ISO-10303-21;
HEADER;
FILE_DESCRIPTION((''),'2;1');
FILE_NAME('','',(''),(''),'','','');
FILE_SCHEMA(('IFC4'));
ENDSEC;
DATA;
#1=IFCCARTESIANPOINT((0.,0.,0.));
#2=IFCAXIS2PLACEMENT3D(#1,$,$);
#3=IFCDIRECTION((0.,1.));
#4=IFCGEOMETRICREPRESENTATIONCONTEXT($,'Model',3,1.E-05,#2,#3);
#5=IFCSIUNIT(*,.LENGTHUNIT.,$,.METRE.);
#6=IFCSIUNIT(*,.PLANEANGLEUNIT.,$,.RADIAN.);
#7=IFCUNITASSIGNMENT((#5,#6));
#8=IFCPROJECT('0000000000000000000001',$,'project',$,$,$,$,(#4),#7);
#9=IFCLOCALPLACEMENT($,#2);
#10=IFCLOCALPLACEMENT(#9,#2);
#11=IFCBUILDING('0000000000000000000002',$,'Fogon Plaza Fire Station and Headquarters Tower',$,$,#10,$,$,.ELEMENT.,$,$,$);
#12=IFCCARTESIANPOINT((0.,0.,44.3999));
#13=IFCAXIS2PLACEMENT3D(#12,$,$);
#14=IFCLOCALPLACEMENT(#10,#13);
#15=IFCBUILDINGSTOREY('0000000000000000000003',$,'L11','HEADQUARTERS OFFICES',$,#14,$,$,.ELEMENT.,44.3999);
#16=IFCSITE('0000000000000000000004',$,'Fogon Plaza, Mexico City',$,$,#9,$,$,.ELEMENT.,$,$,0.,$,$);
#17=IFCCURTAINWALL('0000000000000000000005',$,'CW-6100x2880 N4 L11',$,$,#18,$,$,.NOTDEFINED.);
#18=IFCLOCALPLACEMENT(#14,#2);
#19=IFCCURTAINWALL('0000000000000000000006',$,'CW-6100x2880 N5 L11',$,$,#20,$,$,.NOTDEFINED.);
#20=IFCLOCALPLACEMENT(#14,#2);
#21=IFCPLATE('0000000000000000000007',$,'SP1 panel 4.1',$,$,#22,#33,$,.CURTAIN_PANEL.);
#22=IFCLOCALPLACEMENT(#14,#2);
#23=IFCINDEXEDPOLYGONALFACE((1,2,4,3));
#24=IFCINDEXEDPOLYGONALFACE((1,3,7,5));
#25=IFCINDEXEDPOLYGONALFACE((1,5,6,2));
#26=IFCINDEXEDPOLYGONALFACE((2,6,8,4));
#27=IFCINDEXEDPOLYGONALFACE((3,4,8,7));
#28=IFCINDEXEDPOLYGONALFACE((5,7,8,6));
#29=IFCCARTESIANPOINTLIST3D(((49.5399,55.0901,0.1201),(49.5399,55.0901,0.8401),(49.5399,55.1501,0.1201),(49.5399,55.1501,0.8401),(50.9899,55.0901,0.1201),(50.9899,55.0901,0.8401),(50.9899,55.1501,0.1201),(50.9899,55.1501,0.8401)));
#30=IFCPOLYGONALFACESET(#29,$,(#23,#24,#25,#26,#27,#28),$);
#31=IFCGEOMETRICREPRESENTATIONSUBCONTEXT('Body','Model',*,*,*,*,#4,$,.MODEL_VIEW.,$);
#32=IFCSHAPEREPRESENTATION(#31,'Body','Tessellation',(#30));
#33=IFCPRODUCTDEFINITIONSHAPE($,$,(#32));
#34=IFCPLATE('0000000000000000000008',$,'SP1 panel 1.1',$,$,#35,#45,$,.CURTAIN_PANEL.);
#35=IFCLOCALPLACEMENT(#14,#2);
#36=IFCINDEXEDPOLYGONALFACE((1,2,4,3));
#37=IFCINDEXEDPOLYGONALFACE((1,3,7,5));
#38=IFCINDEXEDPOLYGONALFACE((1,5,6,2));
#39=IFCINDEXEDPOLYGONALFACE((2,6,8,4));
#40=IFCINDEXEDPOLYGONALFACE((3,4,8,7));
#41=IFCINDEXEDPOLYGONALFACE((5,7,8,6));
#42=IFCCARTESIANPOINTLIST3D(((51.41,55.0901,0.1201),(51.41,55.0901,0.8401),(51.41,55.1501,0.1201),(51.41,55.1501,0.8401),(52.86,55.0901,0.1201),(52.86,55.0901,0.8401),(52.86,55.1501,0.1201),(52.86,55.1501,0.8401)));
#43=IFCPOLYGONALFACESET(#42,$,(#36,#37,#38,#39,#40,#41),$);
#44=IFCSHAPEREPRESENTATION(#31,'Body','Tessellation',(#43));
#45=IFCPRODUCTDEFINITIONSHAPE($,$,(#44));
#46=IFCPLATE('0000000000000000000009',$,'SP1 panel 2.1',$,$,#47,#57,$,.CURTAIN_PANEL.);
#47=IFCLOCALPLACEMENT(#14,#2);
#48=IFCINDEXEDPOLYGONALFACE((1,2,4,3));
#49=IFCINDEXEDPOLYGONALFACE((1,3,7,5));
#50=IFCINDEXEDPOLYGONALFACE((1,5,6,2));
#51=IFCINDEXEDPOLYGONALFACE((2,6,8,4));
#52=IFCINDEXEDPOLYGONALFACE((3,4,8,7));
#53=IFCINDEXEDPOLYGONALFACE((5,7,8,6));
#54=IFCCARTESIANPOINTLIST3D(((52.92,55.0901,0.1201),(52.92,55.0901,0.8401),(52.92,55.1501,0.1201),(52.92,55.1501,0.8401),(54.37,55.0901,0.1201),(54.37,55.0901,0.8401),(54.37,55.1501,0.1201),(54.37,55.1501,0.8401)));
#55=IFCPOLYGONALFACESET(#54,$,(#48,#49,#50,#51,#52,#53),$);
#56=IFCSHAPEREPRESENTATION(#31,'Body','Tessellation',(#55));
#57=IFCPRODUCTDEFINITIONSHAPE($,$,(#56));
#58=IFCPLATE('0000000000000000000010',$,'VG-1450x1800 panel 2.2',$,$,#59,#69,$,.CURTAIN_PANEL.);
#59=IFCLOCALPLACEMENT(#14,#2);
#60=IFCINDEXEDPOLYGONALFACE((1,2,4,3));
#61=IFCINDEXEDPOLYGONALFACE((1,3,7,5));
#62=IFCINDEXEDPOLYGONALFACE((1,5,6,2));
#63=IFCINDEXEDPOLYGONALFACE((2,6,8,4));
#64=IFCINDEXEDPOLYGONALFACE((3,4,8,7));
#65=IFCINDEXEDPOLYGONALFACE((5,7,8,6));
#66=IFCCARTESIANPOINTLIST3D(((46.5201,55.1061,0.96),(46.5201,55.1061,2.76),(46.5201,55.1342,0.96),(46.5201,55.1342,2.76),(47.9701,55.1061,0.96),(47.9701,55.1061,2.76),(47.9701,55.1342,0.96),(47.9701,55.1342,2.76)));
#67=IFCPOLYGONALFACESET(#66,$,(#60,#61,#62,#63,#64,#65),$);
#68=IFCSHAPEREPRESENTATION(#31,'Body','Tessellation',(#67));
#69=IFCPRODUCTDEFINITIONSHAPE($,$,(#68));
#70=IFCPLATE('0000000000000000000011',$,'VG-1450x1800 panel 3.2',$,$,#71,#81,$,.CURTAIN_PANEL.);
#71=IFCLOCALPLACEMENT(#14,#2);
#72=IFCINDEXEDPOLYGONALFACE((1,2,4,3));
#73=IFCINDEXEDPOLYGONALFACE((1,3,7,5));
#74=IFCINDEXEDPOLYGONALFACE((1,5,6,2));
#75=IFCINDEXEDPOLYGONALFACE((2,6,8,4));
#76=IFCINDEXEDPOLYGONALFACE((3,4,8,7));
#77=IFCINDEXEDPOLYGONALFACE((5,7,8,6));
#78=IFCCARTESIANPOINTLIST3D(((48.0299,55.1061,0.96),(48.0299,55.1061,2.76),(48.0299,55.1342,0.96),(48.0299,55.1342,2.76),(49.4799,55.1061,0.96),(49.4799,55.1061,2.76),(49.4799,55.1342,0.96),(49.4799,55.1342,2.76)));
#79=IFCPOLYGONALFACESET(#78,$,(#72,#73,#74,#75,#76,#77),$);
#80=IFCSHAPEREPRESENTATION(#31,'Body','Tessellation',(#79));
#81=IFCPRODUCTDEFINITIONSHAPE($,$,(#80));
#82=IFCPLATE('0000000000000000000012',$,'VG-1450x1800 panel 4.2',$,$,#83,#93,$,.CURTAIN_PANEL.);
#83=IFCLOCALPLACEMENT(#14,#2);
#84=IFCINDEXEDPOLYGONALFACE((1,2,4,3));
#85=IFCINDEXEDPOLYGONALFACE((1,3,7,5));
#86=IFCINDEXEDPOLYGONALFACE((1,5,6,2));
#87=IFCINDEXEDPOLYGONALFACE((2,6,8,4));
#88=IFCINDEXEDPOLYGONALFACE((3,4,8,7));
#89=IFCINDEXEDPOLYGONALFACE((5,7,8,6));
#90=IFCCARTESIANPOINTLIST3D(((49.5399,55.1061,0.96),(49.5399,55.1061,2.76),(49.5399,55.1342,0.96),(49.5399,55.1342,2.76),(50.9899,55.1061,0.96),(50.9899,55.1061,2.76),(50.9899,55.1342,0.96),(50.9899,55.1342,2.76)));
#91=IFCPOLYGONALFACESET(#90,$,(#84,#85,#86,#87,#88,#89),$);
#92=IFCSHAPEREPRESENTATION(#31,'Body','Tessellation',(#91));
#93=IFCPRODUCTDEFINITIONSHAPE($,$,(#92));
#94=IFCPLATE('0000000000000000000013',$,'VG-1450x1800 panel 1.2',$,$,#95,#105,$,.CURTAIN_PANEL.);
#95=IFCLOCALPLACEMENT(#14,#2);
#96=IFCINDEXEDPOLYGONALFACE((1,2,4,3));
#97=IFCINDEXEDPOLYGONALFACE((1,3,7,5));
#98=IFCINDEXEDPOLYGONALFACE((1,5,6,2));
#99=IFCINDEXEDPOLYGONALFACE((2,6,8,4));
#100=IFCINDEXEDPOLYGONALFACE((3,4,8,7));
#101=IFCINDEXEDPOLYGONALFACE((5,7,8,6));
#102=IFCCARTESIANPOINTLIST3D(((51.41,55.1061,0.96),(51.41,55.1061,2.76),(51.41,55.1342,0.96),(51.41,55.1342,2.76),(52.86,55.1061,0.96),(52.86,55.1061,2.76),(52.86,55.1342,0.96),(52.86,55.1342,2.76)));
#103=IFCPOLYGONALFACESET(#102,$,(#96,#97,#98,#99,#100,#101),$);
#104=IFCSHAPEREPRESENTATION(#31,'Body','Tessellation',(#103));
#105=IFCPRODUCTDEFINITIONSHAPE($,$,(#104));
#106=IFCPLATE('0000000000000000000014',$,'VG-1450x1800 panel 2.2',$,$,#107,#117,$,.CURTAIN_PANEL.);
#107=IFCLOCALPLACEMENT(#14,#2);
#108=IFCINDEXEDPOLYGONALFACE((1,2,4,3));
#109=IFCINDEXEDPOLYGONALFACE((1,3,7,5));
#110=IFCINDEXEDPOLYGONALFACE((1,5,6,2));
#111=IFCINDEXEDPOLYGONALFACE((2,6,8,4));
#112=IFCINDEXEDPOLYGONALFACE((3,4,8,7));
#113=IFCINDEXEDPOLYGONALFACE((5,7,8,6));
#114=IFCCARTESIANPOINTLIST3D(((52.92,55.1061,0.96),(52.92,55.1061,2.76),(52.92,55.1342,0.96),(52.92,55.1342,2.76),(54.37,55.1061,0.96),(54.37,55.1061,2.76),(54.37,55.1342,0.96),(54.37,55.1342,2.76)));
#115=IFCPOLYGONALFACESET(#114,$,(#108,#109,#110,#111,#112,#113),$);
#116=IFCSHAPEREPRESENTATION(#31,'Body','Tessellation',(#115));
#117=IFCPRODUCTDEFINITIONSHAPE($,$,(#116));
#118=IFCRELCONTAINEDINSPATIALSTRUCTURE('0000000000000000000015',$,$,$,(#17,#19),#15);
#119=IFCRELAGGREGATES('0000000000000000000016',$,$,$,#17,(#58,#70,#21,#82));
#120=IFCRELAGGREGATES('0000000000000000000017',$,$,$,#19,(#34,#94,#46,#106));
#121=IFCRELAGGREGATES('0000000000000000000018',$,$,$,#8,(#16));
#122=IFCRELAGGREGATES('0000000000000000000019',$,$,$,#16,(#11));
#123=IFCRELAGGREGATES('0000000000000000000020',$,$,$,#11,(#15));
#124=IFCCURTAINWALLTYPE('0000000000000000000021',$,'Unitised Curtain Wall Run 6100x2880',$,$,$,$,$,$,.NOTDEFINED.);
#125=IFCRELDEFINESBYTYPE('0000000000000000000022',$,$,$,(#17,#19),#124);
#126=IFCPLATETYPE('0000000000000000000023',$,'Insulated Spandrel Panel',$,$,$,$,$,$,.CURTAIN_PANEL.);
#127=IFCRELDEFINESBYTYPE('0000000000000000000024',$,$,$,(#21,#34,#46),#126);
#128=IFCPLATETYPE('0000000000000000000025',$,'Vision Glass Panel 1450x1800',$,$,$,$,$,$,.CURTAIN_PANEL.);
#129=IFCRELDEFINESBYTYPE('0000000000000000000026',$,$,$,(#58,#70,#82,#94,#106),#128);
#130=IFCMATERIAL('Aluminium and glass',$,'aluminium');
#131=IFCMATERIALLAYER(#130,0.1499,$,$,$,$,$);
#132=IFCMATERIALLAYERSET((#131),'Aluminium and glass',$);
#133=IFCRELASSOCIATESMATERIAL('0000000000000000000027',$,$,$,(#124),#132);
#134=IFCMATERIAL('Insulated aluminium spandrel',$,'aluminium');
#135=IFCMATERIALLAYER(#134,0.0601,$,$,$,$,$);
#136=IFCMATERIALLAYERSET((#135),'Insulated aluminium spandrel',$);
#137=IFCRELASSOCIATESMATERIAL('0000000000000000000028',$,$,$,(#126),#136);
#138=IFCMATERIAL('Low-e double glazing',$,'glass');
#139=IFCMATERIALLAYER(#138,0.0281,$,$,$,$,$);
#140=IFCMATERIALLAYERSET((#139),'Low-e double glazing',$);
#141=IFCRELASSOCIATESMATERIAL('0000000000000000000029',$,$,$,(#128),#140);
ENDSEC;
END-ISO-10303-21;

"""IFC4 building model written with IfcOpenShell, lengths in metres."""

from ifc_helpers import new_model, si_unit, direction, frame, origin, origin_2d, place, context, subcontext, project, spatial, rectangle, extrude, material, layer, layer_set, type_object, element, aggregate, save


model = new_model("IFC4")

# Units and contexts
model_context = context("Model", 3, precision=1e-05, world=origin(), true_north=direction((0.0, 1.0)))
body_context = subcontext(model_context, "Body", "Model", "MODEL_VIEW")
ifc_project = project(units=[si_unit("LENGTHUNIT", "METRE"), si_unit("PLANEANGLEUNIT", "RADIAN")], contexts=[model_context])

# Site, building, storey
site_placement = place(None, origin())
site = spatial("IfcSite", under=ifc_project, at=site_placement, Name="Fogon Plaza, Mexico City", CompositionType="ELEMENT", RefElevation=0.0)
building_placement = place(site_placement, origin())
building = spatial("IfcBuilding", under=site, at=building_placement, Name="Fogon Plaza Fire Station and Headquarters Tower", CompositionType="ELEMENT")
storey_placement = place(building_placement, frame((0.0, 0.0, 44.3999)))
storey = spatial("IfcBuildingStorey", under=building, at=storey_placement, Name="L11", Description="HEADQUARTERS OFFICES", CompositionType="ELEMENT", Elevation=44.3999)

# Curtain walls
ifc_material_1 = material(Name="Aluminium and glass", Category="aluminium")
ifc_layer_1 = layer(ifc_material_1, 0.1499)
ifc_layer_set_1 = layer_set([ifc_layer_1], Name="Aluminium and glass")
curtain_wall_type = type_object("IfcCurtainWallType", Name="Unitised Curtain Wall Run 6100x2880", PredefinedType="NOTDEFINED", material=ifc_layer_set_1)
curtain_wall_1_placement = place(storey_placement, origin())
curtain_wall_1 = element("IfcCurtainWall", 1, at=curtain_wall_1_placement, inside=storey, type_object=curtain_wall_type, Name="CW-6100x2880 N4 L11", PredefinedType="NOTDEFINED")
curtain_wall_2_placement = place(storey_placement, origin())
curtain_wall_2 = element("IfcCurtainWall", 2, at=curtain_wall_2_placement, inside=storey, type_object=curtain_wall_type, Name="CW-6100x2880 N5 L11", PredefinedType="NOTDEFINED")

# Plates
ifc_material_2 = material(Name="Insulated aluminium spandrel", Category="aluminium")
ifc_layer_2 = layer(ifc_material_2, 0.0601)
ifc_layer_set_2 = layer_set([ifc_layer_2], Name="Insulated aluminium spandrel")
plate_type_1 = type_object("IfcPlateType", Name="Insulated Spandrel Panel", PredefinedType="CURTAIN_PANEL", material=ifc_layer_set_2)
plate_1_placement = place(storey_placement, frame((50.2649, 55.1201, 0.1201), z_axis=(0.0, 0.0, 1.0), x_axis=(1.0, 0.0, 0.0)))
plate_1 = element("IfcPlate", 3, at=plate_1_placement, type_object=plate_type_1, Name="SP1 panel 4.1", PredefinedType="CURTAIN_PANEL", context=body_context, shape_type="SweptSolid", body=[
    extrude(rectangle(XDim=1.45, YDim=0.0601, at=origin_2d()), origin(), (0.0, 0.0, 1.0), 0.72),
])
plate_2_placement = place(storey_placement, frame((52.135, 55.1201, 0.1201), z_axis=(0.0, 0.0, 1.0), x_axis=(1.0, 0.0, 0.0)))
plate_2 = element("IfcPlate", 4, at=plate_2_placement, type_object=plate_type_1, Name="SP1 panel 1.1", PredefinedType="CURTAIN_PANEL", context=body_context, shape_type="SweptSolid", body=[
    extrude(rectangle(XDim=1.45, YDim=0.0601, at=origin_2d()), origin(), (0.0, 0.0, 1.0), 0.72),
])
plate_3_placement = place(storey_placement, frame((53.645, 55.1201, 0.1201), z_axis=(0.0, 0.0, 1.0), x_axis=(1.0, 0.0, 0.0)))
plate_3 = element("IfcPlate", 5, at=plate_3_placement, type_object=plate_type_1, Name="SP1 panel 2.1", PredefinedType="CURTAIN_PANEL", context=body_context, shape_type="SweptSolid", body=[
    extrude(rectangle(XDim=1.45, YDim=0.0601, at=origin_2d()), origin(), (0.0, 0.0, 1.0), 0.72),
])
ifc_material_3 = material(Name="Low-e double glazing", Category="glass")
ifc_layer_3 = layer(ifc_material_3, 0.0281)
ifc_layer_set_3 = layer_set([ifc_layer_3], Name="Low-e double glazing")
plate_type_2 = type_object("IfcPlateType", Name="Vision Glass Panel 1450x1800", PredefinedType="CURTAIN_PANEL", material=ifc_layer_set_3)
plate_4_placement = place(storey_placement, frame((47.2451, 55.1201, 0.96), z_axis=(0.0, 0.0, 1.0), x_axis=(1.0, 0.0, 0.0)))
plate_4 = element("IfcPlate", 6, at=plate_4_placement, type_object=plate_type_2, Name="VG-1450x1800 panel 2.2", PredefinedType="CURTAIN_PANEL", context=body_context, shape_type="SweptSolid", body=[
    extrude(rectangle(XDim=1.45, YDim=0.0281, at=origin_2d()), origin(), (0.0, 0.0, 1.0), 1.8),
])
plate_5_placement = place(storey_placement, frame((48.7549, 55.1201, 0.96), z_axis=(0.0, 0.0, 1.0), x_axis=(1.0, 0.0, 0.0)))
plate_5 = element("IfcPlate", 7, at=plate_5_placement, type_object=plate_type_2, Name="VG-1450x1800 panel 3.2", PredefinedType="CURTAIN_PANEL", context=body_context, shape_type="SweptSolid", body=[
    extrude(rectangle(XDim=1.45, YDim=0.0281, at=origin_2d()), origin(), (0.0, 0.0, 1.0), 1.8),
])
plate_6_placement = place(storey_placement, frame((50.2649, 55.1201, 0.96), z_axis=(0.0, 0.0, 1.0), x_axis=(1.0, 0.0, 0.0)))
plate_6 = element("IfcPlate", 8, at=plate_6_placement, type_object=plate_type_2, Name="VG-1450x1800 panel 4.2", PredefinedType="CURTAIN_PANEL", context=body_context, shape_type="SweptSolid", body=[
    extrude(rectangle(XDim=1.45, YDim=0.0281, at=origin_2d()), origin(), (0.0, 0.0, 1.0), 1.8),
])
aggregate(curtain_wall_1, [plate_4, plate_5, plate_1, plate_6])
plate_7_placement = place(storey_placement, frame((52.135, 55.1201, 0.96), z_axis=(0.0, 0.0, 1.0), x_axis=(1.0, 0.0, 0.0)))
plate_7 = element("IfcPlate", 9, at=plate_7_placement, type_object=plate_type_2, Name="VG-1450x1800 panel 1.2", PredefinedType="CURTAIN_PANEL", context=body_context, shape_type="SweptSolid", body=[
    extrude(rectangle(XDim=1.45, YDim=0.0281, at=origin_2d()), origin(), (0.0, 0.0, 1.0), 1.8),
])
plate_8_placement = place(storey_placement, frame((53.645, 55.1201, 0.96), z_axis=(0.0, 0.0, 1.0), x_axis=(1.0, 0.0, 0.0)))
plate_8 = element("IfcPlate", 10, at=plate_8_placement, type_object=plate_type_2, Name="VG-1450x1800 panel 2.2", PredefinedType="CURTAIN_PANEL", context=body_context, shape_type="SweptSolid", body=[
    extrude(rectangle(XDim=1.45, YDim=0.0281, at=origin_2d()), origin(), (0.0, 0.0, 1.0), 1.8),
])
aggregate(curtain_wall_2, [plate_2, plate_7, plate_3, plate_8])

save(model, "model.ifc")
